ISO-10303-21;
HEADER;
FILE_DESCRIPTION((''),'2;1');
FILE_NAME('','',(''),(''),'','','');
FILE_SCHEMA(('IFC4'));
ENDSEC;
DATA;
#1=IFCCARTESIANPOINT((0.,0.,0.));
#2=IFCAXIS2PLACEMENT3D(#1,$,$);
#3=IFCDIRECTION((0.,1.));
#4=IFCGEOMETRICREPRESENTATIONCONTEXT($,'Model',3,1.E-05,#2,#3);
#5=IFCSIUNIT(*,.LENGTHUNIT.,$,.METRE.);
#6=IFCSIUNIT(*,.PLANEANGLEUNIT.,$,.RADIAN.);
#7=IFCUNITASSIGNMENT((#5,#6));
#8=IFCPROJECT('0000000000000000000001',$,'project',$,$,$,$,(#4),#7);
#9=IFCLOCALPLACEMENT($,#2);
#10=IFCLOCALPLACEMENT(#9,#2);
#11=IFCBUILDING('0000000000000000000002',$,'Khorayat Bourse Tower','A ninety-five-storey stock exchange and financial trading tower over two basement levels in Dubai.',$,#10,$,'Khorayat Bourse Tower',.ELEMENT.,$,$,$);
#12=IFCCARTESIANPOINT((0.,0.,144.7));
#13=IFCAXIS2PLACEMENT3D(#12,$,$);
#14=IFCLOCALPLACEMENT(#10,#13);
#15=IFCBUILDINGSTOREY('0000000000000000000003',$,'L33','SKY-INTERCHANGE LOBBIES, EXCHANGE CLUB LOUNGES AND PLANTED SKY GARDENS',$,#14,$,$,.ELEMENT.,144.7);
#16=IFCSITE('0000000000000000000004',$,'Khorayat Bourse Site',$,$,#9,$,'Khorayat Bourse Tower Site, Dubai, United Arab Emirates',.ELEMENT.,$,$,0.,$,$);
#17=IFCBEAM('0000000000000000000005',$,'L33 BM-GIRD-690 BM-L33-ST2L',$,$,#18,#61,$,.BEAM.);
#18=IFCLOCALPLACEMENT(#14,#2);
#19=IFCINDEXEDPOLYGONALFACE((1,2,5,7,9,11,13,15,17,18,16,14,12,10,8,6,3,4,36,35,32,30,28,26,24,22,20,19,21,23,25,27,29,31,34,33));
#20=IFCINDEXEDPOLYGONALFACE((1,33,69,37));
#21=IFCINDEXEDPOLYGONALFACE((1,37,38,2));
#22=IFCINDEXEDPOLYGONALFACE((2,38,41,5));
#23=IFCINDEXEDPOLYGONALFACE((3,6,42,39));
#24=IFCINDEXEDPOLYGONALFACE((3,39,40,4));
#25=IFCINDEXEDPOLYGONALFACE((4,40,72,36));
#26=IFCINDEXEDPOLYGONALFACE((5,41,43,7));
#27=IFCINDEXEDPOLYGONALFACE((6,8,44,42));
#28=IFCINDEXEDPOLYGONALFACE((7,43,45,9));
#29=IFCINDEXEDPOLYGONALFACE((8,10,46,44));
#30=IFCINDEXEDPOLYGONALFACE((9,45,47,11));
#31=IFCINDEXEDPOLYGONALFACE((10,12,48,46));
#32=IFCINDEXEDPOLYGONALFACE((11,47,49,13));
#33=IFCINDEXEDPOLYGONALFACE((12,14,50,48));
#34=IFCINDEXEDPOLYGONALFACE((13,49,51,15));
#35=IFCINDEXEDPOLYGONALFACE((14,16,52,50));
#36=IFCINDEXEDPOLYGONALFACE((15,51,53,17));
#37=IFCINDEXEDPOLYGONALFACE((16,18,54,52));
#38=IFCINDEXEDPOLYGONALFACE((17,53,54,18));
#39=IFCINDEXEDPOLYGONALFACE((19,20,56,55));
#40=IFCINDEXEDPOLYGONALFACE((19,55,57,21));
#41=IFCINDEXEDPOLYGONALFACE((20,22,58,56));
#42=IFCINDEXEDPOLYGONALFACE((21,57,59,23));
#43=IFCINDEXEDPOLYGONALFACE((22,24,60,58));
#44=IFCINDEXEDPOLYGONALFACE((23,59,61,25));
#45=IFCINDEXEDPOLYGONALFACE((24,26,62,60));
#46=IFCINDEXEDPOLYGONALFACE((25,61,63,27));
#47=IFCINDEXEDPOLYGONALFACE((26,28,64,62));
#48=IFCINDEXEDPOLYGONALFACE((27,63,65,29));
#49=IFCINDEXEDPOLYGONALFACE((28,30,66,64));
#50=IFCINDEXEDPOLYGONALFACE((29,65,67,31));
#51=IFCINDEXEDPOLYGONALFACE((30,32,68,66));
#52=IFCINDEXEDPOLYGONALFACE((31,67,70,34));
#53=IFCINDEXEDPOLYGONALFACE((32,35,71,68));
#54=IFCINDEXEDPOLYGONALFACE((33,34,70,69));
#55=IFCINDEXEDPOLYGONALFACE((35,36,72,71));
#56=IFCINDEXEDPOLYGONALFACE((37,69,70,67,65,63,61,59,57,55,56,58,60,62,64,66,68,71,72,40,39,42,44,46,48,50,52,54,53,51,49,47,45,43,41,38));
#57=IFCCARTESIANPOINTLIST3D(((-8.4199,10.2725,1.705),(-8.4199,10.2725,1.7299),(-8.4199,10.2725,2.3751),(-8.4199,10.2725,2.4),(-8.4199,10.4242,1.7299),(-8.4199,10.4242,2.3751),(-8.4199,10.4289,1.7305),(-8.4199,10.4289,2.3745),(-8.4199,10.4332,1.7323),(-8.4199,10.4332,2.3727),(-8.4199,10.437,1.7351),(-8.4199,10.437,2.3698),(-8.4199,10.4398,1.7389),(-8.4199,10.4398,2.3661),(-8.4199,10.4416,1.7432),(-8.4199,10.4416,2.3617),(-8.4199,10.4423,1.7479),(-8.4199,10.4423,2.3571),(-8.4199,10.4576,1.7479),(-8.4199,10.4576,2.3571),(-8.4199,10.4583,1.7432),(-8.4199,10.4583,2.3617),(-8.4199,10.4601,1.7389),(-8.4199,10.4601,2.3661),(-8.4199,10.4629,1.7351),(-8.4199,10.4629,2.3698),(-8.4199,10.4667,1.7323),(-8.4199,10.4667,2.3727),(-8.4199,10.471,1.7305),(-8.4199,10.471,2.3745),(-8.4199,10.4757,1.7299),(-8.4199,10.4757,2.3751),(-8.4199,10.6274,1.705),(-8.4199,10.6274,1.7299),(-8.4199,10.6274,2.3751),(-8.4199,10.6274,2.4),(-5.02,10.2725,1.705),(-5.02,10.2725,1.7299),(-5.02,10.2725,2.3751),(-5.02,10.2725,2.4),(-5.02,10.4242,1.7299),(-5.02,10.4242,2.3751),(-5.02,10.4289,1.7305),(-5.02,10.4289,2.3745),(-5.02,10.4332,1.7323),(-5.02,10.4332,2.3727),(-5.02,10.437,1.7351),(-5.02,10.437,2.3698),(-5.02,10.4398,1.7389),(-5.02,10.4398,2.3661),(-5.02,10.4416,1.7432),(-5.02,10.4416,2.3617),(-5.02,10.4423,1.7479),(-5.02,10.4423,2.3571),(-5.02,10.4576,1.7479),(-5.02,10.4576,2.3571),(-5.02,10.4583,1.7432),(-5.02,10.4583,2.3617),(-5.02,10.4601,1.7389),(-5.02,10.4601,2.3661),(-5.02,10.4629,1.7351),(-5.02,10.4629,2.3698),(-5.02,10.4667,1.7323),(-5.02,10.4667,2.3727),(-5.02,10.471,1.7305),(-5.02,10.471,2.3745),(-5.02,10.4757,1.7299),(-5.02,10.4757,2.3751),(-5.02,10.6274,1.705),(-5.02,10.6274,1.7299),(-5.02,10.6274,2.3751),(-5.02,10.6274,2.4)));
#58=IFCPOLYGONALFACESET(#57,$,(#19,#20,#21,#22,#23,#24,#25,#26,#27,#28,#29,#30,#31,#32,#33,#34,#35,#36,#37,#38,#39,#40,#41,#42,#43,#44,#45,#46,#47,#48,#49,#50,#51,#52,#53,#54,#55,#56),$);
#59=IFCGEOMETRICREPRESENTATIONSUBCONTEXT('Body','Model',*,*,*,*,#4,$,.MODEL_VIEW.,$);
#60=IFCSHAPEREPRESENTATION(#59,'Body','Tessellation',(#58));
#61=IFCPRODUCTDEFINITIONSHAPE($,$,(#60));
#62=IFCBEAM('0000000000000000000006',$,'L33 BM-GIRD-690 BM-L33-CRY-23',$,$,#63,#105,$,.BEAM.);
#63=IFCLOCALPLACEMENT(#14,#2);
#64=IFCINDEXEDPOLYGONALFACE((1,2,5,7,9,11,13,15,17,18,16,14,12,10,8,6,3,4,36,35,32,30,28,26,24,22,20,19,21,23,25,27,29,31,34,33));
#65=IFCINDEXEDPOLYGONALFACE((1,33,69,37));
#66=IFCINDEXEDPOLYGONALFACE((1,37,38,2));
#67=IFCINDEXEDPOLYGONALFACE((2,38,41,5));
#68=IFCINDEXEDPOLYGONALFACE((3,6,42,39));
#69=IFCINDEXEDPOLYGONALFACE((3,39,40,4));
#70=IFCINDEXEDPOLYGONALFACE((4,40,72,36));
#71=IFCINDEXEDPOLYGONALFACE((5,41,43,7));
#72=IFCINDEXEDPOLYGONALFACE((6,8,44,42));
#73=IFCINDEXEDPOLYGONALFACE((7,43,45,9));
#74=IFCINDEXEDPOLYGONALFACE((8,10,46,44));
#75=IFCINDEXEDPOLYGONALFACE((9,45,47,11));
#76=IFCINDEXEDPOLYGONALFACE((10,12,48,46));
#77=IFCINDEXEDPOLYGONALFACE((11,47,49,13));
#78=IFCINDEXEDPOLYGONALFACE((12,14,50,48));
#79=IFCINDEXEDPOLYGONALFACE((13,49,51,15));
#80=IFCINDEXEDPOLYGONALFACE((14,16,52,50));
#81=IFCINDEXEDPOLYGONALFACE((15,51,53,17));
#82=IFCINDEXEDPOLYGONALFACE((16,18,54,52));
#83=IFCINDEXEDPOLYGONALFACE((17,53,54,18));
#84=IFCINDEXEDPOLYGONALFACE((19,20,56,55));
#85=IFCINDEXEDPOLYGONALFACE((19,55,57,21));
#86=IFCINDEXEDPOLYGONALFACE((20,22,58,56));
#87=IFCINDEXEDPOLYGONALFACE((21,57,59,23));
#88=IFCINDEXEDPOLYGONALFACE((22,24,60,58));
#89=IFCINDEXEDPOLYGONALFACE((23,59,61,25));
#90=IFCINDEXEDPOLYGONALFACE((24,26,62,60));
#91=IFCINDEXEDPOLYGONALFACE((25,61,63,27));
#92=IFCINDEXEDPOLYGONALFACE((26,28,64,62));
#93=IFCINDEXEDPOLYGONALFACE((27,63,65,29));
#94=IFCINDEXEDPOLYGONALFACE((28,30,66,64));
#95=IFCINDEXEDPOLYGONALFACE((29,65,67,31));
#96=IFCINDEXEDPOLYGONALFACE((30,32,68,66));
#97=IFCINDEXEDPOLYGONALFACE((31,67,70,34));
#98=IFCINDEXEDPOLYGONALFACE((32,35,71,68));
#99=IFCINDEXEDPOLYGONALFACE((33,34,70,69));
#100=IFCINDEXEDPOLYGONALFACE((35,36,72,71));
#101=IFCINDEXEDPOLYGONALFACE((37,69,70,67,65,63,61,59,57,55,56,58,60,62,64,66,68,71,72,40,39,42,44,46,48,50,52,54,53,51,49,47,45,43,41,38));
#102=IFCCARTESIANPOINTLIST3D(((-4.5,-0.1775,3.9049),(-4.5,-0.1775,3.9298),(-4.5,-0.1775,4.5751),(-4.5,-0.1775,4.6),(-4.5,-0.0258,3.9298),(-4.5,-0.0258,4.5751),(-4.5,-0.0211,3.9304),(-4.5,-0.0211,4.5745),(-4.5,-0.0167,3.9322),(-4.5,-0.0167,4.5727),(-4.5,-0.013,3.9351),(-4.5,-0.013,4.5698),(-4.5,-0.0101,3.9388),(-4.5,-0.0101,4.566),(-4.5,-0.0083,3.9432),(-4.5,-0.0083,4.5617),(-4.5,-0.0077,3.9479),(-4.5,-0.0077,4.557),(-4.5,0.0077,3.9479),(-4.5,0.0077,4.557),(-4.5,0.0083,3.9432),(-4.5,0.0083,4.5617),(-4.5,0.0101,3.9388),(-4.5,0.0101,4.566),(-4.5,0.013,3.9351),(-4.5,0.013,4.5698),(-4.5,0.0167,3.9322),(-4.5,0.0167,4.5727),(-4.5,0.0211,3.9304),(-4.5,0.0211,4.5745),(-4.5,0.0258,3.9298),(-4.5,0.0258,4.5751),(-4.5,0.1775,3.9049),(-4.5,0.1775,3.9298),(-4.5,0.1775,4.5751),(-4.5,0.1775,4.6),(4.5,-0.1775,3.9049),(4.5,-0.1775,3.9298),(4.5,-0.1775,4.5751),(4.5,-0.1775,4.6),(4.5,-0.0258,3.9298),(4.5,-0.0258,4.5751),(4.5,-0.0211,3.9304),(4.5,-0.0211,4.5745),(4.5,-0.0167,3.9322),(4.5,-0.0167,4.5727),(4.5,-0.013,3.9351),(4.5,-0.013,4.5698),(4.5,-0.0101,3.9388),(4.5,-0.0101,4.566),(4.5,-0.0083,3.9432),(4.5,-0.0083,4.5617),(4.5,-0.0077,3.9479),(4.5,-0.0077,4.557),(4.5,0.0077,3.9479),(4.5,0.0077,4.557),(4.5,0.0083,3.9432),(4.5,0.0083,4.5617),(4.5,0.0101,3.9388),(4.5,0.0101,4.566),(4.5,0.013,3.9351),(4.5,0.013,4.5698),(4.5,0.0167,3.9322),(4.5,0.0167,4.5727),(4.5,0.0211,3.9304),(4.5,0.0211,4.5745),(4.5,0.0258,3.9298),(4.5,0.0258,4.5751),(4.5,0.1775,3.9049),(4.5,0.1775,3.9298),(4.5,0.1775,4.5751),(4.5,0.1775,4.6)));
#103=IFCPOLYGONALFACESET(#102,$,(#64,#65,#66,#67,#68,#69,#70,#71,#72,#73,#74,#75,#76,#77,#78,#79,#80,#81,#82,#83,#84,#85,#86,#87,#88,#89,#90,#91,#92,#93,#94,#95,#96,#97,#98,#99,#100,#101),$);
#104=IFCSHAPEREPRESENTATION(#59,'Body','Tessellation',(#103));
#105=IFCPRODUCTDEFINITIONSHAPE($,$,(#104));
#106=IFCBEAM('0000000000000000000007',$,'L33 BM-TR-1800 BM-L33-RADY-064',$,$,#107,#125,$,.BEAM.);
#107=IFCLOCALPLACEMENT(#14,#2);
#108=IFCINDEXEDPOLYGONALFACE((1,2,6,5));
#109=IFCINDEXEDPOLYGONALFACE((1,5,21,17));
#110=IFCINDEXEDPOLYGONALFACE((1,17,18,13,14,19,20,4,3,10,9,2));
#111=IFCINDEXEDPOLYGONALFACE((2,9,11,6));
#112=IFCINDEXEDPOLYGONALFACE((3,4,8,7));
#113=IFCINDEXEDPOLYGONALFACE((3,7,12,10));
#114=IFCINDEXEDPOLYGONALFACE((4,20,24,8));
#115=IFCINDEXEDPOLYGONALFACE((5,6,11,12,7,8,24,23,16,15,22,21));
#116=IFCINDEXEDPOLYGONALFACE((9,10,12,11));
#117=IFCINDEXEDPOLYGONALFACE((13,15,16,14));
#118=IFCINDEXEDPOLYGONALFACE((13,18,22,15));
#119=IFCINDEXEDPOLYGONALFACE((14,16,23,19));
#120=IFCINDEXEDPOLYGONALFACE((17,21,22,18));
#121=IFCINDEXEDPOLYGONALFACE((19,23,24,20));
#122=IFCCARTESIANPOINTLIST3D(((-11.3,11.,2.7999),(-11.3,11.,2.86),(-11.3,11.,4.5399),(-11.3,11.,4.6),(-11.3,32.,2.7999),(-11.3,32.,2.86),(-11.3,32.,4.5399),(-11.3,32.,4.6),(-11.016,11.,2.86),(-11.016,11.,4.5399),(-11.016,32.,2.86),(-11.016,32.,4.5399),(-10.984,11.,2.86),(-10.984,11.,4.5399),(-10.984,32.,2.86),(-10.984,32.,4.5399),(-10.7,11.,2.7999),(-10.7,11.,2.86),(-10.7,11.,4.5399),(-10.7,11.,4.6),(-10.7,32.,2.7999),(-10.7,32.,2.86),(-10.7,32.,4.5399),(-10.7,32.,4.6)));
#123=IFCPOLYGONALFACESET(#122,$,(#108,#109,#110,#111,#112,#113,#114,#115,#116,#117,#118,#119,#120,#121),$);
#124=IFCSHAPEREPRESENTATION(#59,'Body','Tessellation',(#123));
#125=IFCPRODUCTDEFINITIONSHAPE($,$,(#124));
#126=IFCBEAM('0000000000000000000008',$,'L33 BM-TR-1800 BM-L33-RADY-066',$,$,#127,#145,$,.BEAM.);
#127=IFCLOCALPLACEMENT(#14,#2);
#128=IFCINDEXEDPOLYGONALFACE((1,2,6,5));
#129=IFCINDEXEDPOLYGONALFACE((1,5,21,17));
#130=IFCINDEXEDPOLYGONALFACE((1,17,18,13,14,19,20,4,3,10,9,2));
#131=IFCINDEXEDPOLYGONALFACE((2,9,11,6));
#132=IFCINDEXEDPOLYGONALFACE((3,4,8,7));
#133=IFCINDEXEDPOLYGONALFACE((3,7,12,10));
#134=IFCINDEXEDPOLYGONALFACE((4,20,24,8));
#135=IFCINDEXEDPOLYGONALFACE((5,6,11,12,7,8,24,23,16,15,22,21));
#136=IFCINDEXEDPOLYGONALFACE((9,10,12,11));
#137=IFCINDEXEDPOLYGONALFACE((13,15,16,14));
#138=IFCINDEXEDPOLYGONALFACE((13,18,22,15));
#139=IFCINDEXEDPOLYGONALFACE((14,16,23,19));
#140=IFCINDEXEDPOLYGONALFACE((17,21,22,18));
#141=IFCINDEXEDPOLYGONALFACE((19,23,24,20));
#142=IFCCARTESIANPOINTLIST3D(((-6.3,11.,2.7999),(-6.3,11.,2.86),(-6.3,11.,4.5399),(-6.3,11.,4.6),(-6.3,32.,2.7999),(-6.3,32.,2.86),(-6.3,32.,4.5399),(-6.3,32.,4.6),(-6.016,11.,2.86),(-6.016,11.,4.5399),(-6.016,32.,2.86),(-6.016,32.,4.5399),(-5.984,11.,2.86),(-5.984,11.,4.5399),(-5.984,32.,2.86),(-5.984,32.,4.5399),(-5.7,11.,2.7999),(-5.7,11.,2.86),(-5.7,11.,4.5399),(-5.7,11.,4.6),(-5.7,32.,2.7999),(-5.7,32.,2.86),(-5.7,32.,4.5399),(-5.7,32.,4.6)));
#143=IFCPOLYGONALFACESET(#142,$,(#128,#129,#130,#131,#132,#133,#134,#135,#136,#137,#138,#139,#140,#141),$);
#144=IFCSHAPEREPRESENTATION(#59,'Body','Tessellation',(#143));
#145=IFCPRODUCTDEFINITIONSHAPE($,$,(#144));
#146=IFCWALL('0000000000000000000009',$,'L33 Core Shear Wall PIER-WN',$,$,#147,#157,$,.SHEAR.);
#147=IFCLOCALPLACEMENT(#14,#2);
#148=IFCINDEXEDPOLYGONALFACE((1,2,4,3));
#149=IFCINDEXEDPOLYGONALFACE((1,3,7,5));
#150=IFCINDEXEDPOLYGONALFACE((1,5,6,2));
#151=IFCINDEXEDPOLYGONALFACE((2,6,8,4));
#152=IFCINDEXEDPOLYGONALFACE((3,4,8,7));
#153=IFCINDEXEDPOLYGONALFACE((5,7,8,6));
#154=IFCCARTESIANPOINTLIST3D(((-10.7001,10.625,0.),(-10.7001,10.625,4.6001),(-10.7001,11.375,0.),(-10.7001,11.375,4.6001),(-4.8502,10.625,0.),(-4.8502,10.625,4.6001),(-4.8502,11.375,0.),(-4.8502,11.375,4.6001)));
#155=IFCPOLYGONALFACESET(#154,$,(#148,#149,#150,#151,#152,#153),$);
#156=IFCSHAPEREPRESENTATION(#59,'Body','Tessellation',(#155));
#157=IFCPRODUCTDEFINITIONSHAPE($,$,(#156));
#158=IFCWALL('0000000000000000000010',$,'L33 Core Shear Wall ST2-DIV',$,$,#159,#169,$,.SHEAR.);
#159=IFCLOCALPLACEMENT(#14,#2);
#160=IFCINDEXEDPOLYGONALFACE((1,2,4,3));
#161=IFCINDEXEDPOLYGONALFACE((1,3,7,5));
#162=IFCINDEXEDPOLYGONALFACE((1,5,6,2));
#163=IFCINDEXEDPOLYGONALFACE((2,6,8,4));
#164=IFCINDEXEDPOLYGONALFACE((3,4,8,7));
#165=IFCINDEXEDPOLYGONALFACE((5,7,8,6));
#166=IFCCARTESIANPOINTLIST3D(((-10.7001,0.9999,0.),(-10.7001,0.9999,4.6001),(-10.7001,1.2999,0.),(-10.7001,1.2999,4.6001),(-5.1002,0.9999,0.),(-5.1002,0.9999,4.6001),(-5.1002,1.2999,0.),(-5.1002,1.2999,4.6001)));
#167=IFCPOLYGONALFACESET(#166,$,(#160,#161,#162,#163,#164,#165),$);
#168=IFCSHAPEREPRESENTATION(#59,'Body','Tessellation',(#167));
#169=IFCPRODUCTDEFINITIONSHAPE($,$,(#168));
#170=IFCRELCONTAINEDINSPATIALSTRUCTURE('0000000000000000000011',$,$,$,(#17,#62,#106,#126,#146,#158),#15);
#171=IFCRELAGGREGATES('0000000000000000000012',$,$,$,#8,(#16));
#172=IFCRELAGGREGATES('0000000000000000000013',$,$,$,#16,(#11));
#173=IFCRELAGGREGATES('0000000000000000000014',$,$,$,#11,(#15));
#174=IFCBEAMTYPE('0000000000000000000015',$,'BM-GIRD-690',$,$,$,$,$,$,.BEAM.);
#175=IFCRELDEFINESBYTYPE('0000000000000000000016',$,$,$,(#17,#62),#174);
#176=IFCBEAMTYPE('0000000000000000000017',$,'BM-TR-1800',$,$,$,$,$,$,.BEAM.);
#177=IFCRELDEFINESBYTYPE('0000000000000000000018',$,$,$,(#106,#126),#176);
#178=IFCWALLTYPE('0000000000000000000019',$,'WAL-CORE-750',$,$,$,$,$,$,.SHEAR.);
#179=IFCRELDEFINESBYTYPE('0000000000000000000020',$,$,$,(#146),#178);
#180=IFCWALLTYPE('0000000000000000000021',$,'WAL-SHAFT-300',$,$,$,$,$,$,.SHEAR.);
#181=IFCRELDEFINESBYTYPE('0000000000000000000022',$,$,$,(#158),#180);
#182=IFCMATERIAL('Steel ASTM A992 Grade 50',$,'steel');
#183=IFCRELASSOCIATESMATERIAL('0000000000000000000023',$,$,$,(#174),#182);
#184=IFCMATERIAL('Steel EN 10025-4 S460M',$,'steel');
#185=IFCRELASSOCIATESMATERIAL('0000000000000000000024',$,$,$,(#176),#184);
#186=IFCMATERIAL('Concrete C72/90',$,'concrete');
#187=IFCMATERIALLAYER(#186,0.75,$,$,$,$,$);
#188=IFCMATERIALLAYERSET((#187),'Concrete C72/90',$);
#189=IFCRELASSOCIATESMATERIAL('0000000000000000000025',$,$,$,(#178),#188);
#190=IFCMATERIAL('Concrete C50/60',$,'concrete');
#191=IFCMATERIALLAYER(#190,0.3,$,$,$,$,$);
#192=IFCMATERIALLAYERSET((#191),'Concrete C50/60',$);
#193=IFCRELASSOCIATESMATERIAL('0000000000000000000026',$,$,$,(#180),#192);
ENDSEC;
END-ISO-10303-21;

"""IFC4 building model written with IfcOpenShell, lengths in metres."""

from ifc_helpers import new_model, si_unit, direction, frame, frame_2d, origin, origin_2d, place, context, subcontext, project, spatial, rectangle, i_section, extrude, source, transform, mapped, material, layer, layer_set, material_profile, profile_set, type_object, element, save


model = new_model("IFC4")

# Units and contexts
model_context = context("Model", 3, precision=1e-05, world=origin(), true_north=direction((0.0, 1.0)))
body_context = subcontext(model_context, "Body", "Model", "MODEL_VIEW")
ifc_project = project(units=[si_unit("LENGTHUNIT", "METRE"), si_unit("PLANEANGLEUNIT", "RADIAN")], contexts=[model_context])

# Site, building, storey
site_placement = place(None, origin())
site = spatial("IfcSite", under=ifc_project, at=site_placement, Name="Khorayat Bourse Site", LongName="Khorayat Bourse Tower Site, Dubai, United Arab Emirates", CompositionType="ELEMENT", RefElevation=0.0)
building_placement = place(site_placement, origin())
building = spatial("IfcBuilding", under=site, at=building_placement, Name="Khorayat Bourse Tower", Description="A ninety-five-storey stock exchange and financial trading tower over two basement levels in Dubai.", LongName="Khorayat Bourse Tower", CompositionType="ELEMENT")
storey_placement = place(building_placement, frame((0.0, 0.0, 144.7)))
storey = spatial("IfcBuildingStorey", under=building, at=storey_placement, Name="L33", Description="SKY-INTERCHANGE LOBBIES, EXCHANGE CLUB LOUNGES AND PLANTED SKY GARDENS", CompositionType="ELEMENT", Elevation=144.7)

# Beams
ifc_material_1 = material(Name="Steel ASTM A992 Grade 50", Category="steel")
ifc_material_profile_1 = material_profile(ifc_material_1, i_section(OverallWidth=0.355, OverallDepth=0.6951, WebThickness=0.0154, FlangeThickness=0.0249, FilletRadius=0.0181, at=origin_2d()), Name="W690X217")
ifc_profile_set_1 = profile_set([ifc_material_profile_1], Name="Steel ASTM A992 Grade 50")
beam_type_1 = type_object("IfcBeamType", Name="BM-GIRD-690", PredefinedType="BEAM", material=ifc_profile_set_1)
ifc_material_2 = material(Name="Concrete C72/90", Category="concrete")
shared_shape_1 = source(origin(), body_context, "Body", "SweptSolid", [
    extrude(i_section(OverallWidth=0.355, OverallDepth=0.6951, WebThickness=0.0154, FlangeThickness=0.0249, FilletRadius=0.0181, at=origin_2d()), origin(), (0.0, 0.0, 1.0), 3.3999),
])
beam_1_placement = place(storey_placement, frame((-8.4199, 10.45, 2.0525), z_axis=(1.0, 0.0, 0.0), x_axis=(0.0, 1.0, 0.0)))
element("IfcBeam", 1, at=beam_1_placement, inside=storey, type_object=beam_type_1, Name="L33 BM-GIRD-690 BM-L33-ST2L", PredefinedType="BEAM", context=body_context, shape_type="MappedRepresentation", body=[
    mapped(shared_shape_1, transform((0.0, 0.0, 0.0), scale=1.0)),
])
shared_shape_2 = source(origin(), body_context, "Body", "SweptSolid", [
    extrude(i_section(OverallWidth=0.355, OverallDepth=0.6951, WebThickness=0.0154, FlangeThickness=0.0249, FilletRadius=0.0181, at=origin_2d()), origin(), (0.0, 0.0, 1.0), 9.0),
])
beam_2_placement = place(storey_placement, frame((-4.5, 0.0, 4.2524), z_axis=(1.0, 0.0, 0.0), x_axis=(0.0, 1.0, 0.0)))
element("IfcBeam", 2, at=beam_2_placement, inside=storey, type_object=beam_type_1, Name="L33 BM-GIRD-690 BM-L33-CRY-23", PredefinedType="BEAM", context=body_context, shape_type="MappedRepresentation", body=[
    mapped(shared_shape_2, transform((0.0, 0.0, 0.0), scale=1.0)),
])
ifc_material_3 = material(Name="Steel EN 10025-4 S460M", Category="steel")
ifc_material_profile_2 = material_profile(ifc_material_3, i_section(OverallWidth=0.6001, OverallDepth=1.8, WebThickness=0.032, FlangeThickness=0.0601, at=origin_2d()), Name="PG 1800x600x32x60")
ifc_profile_set_2 = profile_set([ifc_material_profile_2], Name="Steel EN 10025-4 S460M")
beam_type_2 = type_object("IfcBeamType", Name="BM-TR-1800", PredefinedType="BEAM", material=ifc_profile_set_2)
shared_shape_3 = source(origin(), body_context, "Body", "SweptSolid", [
    extrude(i_section(OverallWidth=0.6001, OverallDepth=1.8, WebThickness=0.032, FlangeThickness=0.0601, at=origin_2d()), origin(), (0.0, 0.0, 1.0), 21.0),
])
for number, where, z_axis, x_axis, name in (
    (3, (-11.0, 11.0, 3.7), (0.0, 1.0, 0.0), (-1.0, 0.0, 0.0), "L33 BM-TR-1800 BM-L33-RADY-064"),
    (4, (-6.0, 11.0, 3.7), (0.0, 1.0, 0.0), (-1.0, 0.0, 0.0), "L33 BM-TR-1800 BM-L33-RADY-066"),
):
    element("IfcBeam", number, at=place(storey_placement, frame(where, z_axis=z_axis, x_axis=x_axis)), inside=storey, type_object=beam_type_2, Name=name, PredefinedType="BEAM", context=body_context, shape_type="MappedRepresentation", body=[
        mapped(shared_shape_3, transform((0.0, 0.0, 0.0), scale=1.0)),
    ])

# Walls
ifc_layer_1 = layer(ifc_material_2, 0.75)
ifc_layer_set_1 = layer_set([ifc_layer_1], Name="Concrete C72/90")
wall_type_1 = type_object("IfcWallType", Name="WAL-CORE-750", PredefinedType="SHEAR", material=ifc_layer_set_1)
shared_shape_4 = source(origin(), body_context, "Body", "SweptSolid", [
    extrude(rectangle(XDim=5.8499, YDim=0.75, at=frame_2d((2.9248, 0.0))), origin(), (0.0, 0.0, 1.0), 4.6001),
])
wall_1_placement = place(storey_placement, frame((-10.7, 11.0, 0.0), z_axis=(0.0, 0.0, 1.0), x_axis=(1.0, 0.0, 0.0)))
element("IfcWall", 5, at=wall_1_placement, inside=storey, type_object=wall_type_1, Name="L33 Core Shear Wall PIER-WN", PredefinedType="SHEAR", context=body_context, shape_type="MappedRepresentation", body=[
    mapped(shared_shape_4, transform((0.0, 0.0, 0.0), scale=1.0)),
])
ifc_material_4 = material(Name="Concrete C50/60", Category="concrete")
ifc_layer_2 = layer(ifc_material_4, 0.3)
ifc_layer_set_2 = layer_set([ifc_layer_2], Name="Concrete C50/60")
wall_type_2 = type_object("IfcWallType", Name="WAL-SHAFT-300", PredefinedType="SHEAR", material=ifc_layer_set_2)
shared_shape_5 = source(origin(), body_context, "Body", "SweptSolid", [
    extrude(rectangle(XDim=5.5999, YDim=0.3, at=frame_2d((2.7998, 0.0))), origin(), (0.0, 0.0, 1.0), 4.6001),
])
wall_2_placement = place(storey_placement, frame((-10.7, 1.1499, 0.0), z_axis=(0.0, 0.0, 1.0), x_axis=(1.0, 0.0, 0.0)))
element("IfcWall", 6, at=wall_2_placement, inside=storey, type_object=wall_type_2, Name="L33 Core Shear Wall ST2-DIV", PredefinedType="SHEAR", context=body_context, shape_type="MappedRepresentation", body=[
    mapped(shared_shape_5, transform((0.0, 0.0, 0.0), scale=1.0)),
])

save(model, "model.ifc")
